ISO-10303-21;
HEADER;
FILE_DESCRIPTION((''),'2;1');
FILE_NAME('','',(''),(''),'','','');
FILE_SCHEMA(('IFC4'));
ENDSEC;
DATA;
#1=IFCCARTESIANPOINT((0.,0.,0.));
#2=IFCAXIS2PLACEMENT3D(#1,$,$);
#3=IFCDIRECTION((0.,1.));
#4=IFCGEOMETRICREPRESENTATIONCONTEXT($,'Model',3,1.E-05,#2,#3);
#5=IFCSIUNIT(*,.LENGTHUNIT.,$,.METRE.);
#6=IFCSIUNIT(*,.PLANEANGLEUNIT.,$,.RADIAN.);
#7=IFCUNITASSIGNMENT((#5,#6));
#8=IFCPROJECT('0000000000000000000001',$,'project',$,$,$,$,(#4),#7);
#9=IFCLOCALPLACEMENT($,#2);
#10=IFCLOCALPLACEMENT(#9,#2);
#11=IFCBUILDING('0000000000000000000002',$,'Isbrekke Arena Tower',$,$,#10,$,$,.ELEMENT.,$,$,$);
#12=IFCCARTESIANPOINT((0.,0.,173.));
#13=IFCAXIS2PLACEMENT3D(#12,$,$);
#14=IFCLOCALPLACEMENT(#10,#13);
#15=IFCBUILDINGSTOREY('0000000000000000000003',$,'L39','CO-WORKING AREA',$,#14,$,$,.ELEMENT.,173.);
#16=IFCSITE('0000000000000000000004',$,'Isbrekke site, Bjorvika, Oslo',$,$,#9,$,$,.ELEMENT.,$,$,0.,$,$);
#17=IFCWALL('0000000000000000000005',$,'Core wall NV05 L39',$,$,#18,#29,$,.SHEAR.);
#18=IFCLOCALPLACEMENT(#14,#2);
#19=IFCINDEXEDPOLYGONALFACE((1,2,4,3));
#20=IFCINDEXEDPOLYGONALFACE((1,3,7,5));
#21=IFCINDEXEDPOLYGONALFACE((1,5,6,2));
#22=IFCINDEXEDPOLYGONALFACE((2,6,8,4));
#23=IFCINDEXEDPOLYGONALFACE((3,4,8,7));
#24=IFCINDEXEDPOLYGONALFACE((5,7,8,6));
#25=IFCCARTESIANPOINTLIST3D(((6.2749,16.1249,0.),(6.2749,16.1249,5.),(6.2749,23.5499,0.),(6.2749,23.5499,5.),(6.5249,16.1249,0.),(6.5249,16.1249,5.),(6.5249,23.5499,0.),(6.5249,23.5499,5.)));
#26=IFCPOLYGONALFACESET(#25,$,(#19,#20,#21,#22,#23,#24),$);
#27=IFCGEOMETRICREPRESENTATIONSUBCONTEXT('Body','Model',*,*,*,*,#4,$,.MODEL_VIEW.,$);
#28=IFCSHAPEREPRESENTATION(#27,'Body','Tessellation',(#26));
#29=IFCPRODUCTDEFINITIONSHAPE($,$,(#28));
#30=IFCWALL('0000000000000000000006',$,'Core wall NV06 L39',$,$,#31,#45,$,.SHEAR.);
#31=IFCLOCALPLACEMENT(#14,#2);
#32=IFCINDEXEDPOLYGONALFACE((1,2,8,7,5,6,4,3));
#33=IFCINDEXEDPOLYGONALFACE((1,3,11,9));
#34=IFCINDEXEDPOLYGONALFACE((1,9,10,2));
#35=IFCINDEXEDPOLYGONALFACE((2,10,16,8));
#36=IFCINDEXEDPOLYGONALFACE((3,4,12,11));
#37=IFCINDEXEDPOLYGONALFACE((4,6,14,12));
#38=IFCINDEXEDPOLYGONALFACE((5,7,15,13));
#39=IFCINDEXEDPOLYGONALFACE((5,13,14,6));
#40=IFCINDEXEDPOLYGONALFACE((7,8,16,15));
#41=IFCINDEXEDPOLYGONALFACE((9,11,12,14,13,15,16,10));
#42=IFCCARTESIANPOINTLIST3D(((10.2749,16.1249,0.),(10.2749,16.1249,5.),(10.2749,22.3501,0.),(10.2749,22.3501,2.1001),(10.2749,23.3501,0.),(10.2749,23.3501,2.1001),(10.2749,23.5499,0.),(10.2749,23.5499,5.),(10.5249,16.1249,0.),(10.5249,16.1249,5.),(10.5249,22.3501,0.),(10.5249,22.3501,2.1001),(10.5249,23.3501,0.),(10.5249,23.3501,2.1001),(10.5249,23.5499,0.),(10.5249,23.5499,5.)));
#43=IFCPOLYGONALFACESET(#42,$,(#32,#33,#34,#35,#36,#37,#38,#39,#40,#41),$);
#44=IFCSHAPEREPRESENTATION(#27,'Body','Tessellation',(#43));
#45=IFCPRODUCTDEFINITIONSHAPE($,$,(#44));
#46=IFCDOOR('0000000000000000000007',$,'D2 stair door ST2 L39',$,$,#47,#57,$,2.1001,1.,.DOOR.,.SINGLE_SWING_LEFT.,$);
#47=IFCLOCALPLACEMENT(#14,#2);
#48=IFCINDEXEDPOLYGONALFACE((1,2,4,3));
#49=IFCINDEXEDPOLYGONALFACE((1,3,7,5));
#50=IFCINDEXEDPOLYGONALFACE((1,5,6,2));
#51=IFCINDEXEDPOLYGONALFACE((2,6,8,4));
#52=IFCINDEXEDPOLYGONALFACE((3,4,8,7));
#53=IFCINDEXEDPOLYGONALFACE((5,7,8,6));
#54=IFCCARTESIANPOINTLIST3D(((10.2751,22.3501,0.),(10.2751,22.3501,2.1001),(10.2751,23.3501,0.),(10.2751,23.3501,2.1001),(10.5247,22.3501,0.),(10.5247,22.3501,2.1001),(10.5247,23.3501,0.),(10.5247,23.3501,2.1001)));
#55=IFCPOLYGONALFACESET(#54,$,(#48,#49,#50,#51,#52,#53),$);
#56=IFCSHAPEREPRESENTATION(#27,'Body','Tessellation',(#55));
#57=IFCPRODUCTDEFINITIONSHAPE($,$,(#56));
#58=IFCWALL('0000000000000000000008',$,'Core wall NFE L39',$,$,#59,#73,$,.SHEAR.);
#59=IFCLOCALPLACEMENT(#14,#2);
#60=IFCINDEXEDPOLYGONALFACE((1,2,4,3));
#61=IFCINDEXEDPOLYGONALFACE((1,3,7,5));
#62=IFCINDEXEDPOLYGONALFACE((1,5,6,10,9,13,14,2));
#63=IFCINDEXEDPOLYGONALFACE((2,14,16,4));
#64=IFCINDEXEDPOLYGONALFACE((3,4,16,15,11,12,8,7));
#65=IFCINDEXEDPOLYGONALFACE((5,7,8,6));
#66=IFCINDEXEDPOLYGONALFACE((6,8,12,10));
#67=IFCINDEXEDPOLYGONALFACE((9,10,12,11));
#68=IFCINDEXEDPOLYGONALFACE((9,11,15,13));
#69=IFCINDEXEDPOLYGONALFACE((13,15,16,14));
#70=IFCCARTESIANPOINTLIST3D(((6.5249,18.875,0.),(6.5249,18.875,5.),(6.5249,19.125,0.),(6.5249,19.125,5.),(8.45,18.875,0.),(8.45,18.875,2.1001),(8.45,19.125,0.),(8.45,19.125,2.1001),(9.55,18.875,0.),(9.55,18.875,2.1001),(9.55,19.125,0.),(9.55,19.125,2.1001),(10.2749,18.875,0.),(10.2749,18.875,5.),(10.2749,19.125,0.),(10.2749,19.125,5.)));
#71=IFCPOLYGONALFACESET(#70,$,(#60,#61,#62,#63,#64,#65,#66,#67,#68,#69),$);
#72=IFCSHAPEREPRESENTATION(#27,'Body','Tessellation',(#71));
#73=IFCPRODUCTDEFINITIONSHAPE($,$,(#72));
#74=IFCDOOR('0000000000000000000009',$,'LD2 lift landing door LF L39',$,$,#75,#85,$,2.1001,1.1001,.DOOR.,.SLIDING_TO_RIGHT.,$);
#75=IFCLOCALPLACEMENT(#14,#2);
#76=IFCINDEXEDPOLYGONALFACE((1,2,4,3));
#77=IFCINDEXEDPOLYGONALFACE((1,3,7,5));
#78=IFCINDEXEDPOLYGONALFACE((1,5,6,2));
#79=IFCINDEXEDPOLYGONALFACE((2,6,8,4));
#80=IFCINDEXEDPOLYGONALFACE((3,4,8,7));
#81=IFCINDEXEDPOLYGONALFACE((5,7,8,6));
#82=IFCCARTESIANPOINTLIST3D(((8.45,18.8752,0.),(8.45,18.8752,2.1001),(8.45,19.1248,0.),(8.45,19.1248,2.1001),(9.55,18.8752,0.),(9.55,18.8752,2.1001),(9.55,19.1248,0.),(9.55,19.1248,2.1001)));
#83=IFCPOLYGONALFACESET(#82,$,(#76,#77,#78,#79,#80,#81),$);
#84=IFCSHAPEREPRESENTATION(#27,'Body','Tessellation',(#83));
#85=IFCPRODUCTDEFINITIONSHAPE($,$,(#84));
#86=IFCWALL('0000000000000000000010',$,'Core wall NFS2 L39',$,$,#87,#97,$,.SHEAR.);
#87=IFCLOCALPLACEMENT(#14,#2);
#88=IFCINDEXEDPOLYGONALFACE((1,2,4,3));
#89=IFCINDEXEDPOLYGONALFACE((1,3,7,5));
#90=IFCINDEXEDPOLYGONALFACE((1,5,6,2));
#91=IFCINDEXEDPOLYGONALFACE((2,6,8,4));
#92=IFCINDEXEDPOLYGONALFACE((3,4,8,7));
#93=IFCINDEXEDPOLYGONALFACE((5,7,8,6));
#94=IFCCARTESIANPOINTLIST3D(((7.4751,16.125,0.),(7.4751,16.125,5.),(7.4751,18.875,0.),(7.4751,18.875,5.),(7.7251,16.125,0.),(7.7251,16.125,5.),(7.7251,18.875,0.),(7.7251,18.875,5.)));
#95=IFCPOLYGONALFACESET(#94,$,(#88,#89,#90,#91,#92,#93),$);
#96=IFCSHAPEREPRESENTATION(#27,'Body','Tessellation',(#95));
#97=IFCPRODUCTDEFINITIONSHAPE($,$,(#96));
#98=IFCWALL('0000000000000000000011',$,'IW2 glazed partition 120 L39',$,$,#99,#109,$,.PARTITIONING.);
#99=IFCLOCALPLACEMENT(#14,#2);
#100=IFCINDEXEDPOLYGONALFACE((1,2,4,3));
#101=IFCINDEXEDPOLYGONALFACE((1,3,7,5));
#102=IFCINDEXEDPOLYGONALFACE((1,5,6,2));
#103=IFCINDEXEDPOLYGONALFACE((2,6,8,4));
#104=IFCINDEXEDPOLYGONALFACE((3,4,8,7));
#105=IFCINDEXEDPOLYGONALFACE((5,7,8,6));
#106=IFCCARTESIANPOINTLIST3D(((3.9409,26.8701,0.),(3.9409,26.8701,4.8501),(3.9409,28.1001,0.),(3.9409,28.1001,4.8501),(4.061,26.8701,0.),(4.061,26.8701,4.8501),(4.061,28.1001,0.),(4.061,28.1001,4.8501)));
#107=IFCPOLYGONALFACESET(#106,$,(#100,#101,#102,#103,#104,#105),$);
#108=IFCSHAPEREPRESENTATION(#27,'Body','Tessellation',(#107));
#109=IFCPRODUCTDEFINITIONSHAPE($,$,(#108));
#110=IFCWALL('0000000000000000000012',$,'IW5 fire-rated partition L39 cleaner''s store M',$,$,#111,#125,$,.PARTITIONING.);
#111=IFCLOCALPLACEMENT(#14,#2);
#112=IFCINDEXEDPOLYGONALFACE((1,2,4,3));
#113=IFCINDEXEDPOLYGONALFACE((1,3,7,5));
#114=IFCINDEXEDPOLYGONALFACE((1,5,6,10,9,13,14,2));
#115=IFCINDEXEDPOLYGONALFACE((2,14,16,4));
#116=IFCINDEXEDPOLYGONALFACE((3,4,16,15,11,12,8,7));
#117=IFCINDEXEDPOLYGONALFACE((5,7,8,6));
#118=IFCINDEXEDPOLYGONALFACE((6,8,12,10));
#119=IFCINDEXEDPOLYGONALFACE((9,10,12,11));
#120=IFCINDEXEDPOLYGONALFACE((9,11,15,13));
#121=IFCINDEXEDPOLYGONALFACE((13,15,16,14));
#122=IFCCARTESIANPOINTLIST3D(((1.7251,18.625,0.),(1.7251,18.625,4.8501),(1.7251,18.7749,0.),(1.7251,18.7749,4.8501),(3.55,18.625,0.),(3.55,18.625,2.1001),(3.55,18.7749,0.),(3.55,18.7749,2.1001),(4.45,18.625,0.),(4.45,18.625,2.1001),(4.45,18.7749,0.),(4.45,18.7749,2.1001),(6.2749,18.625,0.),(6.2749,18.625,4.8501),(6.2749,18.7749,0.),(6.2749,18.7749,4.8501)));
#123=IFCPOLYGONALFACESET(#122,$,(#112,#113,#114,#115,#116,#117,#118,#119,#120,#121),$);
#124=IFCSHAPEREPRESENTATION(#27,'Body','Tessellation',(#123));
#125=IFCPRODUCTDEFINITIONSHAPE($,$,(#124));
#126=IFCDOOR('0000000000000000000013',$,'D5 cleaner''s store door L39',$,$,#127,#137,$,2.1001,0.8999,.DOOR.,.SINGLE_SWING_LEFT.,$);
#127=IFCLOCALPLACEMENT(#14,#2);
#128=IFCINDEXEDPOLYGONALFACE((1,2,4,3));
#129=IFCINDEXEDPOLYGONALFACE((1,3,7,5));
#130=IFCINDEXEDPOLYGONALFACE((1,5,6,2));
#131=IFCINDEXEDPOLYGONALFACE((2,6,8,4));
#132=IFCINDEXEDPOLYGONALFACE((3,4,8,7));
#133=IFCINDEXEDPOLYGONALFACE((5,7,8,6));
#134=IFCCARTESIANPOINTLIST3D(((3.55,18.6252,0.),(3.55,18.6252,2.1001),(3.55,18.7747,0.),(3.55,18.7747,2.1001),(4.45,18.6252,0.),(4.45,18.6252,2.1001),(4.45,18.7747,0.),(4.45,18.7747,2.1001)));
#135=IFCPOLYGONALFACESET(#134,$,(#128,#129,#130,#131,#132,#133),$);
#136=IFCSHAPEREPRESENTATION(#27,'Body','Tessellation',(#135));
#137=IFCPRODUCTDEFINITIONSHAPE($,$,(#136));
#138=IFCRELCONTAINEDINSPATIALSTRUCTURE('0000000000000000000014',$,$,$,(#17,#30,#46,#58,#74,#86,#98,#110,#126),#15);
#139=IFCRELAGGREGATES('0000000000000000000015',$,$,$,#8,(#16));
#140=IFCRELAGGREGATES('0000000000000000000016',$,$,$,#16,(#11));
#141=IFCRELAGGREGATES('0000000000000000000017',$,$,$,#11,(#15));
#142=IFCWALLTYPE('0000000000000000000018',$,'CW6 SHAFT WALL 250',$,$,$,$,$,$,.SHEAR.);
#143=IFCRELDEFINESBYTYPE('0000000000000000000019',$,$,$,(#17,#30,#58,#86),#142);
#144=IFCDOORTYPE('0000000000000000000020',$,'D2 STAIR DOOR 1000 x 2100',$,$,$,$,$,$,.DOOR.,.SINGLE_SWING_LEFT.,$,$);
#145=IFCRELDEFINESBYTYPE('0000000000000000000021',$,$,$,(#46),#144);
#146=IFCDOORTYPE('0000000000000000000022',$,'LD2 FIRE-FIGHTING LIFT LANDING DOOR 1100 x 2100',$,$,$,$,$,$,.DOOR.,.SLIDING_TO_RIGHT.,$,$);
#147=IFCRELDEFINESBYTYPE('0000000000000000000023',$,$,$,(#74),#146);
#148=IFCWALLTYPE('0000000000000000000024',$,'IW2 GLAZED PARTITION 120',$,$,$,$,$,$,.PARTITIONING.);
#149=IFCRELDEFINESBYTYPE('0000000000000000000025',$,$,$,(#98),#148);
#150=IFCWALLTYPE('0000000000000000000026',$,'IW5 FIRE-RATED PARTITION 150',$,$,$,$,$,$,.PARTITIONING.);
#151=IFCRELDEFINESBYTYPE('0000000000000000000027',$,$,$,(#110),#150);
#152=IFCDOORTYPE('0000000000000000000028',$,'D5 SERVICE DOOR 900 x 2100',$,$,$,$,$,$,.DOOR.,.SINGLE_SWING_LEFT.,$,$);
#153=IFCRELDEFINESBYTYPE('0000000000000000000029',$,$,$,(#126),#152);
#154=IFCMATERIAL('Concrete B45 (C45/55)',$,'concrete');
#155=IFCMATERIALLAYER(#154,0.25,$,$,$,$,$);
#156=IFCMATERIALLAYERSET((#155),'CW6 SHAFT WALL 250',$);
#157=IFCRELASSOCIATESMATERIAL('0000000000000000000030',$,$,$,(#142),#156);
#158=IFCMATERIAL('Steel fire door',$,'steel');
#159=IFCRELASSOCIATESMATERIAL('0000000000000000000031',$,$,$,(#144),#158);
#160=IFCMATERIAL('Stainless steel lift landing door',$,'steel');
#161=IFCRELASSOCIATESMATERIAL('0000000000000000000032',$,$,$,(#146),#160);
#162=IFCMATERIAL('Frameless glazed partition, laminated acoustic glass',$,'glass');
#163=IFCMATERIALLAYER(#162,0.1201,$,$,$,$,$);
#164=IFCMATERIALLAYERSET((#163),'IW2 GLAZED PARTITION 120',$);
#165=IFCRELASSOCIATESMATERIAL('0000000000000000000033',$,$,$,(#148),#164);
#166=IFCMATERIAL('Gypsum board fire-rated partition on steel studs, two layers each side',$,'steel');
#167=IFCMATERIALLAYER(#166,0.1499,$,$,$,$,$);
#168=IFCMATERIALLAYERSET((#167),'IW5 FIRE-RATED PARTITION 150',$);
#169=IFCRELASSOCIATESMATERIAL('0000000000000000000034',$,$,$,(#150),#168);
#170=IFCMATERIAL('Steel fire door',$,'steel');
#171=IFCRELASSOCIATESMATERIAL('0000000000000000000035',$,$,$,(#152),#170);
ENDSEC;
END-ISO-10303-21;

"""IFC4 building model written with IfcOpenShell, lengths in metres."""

from ifc_helpers import new_model, si_unit, direction, frame, frame_2d, origin, place, context, subcontext, project, spatial, rectangle, extrude, material, layer, layer_set, type_object, element, fill, save


model = new_model("IFC4")

# Units and contexts
model_context = context("Model", 3, precision=1e-05, world=origin(), true_north=direction((0.0, 1.0)))
body_context = subcontext(model_context, "Body", "Model", "MODEL_VIEW")
ifc_project = project(units=[si_unit("LENGTHUNIT", "METRE"), si_unit("PLANEANGLEUNIT", "RADIAN")], contexts=[model_context])

# Site, building, storey
site_placement = place(None, origin())
site = spatial("IfcSite", under=ifc_project, at=site_placement, Name="Isbrekke site, Bjorvika, Oslo", CompositionType="ELEMENT", RefElevation=0.0)
building_placement = place(site_placement, origin())
building = spatial("IfcBuilding", under=site, at=building_placement, Name="Isbrekke Arena Tower", CompositionType="ELEMENT")
storey_placement = place(building_placement, frame((0.0, 0.0, 173.0)))
storey = spatial("IfcBuildingStorey", under=building, at=storey_placement, Name="L39", Description="CO-WORKING AREA", CompositionType="ELEMENT", Elevation=173.0)

# Wall
ifc_material_1 = material(Name="Concrete B45 (C45/55)", Category="concrete")
ifc_layer_1 = layer(ifc_material_1, 0.25)
ifc_layer_set_1 = layer_set([ifc_layer_1], Name="CW6 SHAFT WALL 250")
wall_type_1 = type_object("IfcWallType", Name="CW6 SHAFT WALL 250", PredefinedType="SHEAR", material=ifc_layer_set_1)
for number, where, z_axis, x_axis, name in (
    (1, (6.3999, 16.125, 0.0), (0.0, 0.0, 1.0), (0.0, 1.0, 0.0), "Core wall NV05 L39"),
):
    element("IfcWall", number, at=place(storey_placement, frame(where, z_axis=z_axis, x_axis=x_axis)), inside=storey, type_object=wall_type_1, Name=name, PredefinedType="SHEAR", context=body_context, shape_type="SweptSolid", body=[
        extrude(rectangle(XDim=7.425, YDim=0.25, at=frame_2d((3.7124, 0.0))), origin(), (0.0, 0.0, 1.0), 5.0),
    ])

# Walls, openings, doors
wall_1_placement = place(storey_placement, frame((10.3999, 16.125, 0.0), z_axis=(0.0, 0.0, 1.0), x_axis=(0.0, 1.0, 0.0)))
wall_1 = element("IfcWall", 2, at=wall_1_placement, inside=storey, type_object=wall_type_1, Name="Core wall NV06 L39", PredefinedType="SHEAR", context=body_context, shape_type="SweptSolid", body=[
    extrude(rectangle(XDim=7.425, YDim=0.25, at=frame_2d((3.7124, 0.0))), origin(), (0.0, 0.0, 1.0), 5.0),
])
opening_1_placement = place(wall_1_placement, frame((6.2251, 0.0, 0.0)))
opening_1 = element("IfcOpeningElement", 3, at=opening_1_placement, cuts=wall_1, PredefinedType="OPENING", context=body_context, shape_type="SweptSolid", body=[
    extrude(rectangle(XDim=1.0, YDim=2.1001, at=frame_2d((0.5, 1.05))), frame((0.0, 0.1399, 0.0), z_axis=(0.0, -1.0, 0.0), x_axis=(1.0, 0.0, 0.0)), (0.0, 0.0, 1.0), 0.2798),
])
ifc_material_2 = material(Name="Steel fire door", Category="steel")
door_type_1 = type_object("IfcDoorType", Name="D2 STAIR DOOR 1000 x 2100", OperationType="SINGLE_SWING_LEFT", PredefinedType="DOOR", material=ifc_material_2)
door_1_placement = place(opening_1_placement, origin())
door_1 = element("IfcDoor", 4, at=door_1_placement, inside=storey, type_object=door_type_1, Name="D2 stair door ST2 L39", OperationType="SINGLE_SWING_LEFT", OverallHeight=2.1001, OverallWidth=1.0, PredefinedType="DOOR", context=body_context, shape_type="SweptSolid", body=[
    extrude(rectangle(XDim=1.0, YDim=2.1001, at=frame_2d((0.5, 1.05))), frame((0.0, 0.1248, 0.0), z_axis=(0.0, -1.0, 0.0), x_axis=(1.0, 0.0, 0.0)), (0.0, 0.0, 1.0), 0.2495),
])
fill(opening_1, door_1)
wall_2_placement = place(storey_placement, frame((6.5249, 19.0, 0.0), z_axis=(0.0, 0.0, 1.0), x_axis=(1.0, 0.0, 0.0)))
wall_2 = element("IfcWall", 5, at=wall_2_placement, inside=storey, type_object=wall_type_1, Name="Core wall NFE L39", PredefinedType="SHEAR", context=body_context, shape_type="SweptSolid", body=[
    extrude(rectangle(XDim=3.75, YDim=0.25, at=frame_2d((1.875, 0.0))), origin(), (0.0, 0.0, 1.0), 5.0),
])
opening_2_placement = place(wall_2_placement, frame((1.925, 0.0, 0.0)))
opening_2 = element("IfcOpeningElement", 6, at=opening_2_placement, cuts=wall_2, PredefinedType="OPENING", context=body_context, shape_type="SweptSolid", body=[
    extrude(rectangle(XDim=1.1001, YDim=2.1001, at=frame_2d((0.55, 1.05))), frame((0.0, 0.1399, 0.0), z_axis=(0.0, -1.0, 0.0), x_axis=(1.0, 0.0, 0.0)), (0.0, 0.0, 1.0), 0.2798),
])
ifc_material_3 = material(Name="Stainless steel lift landing door", Category="steel")
door_type_2 = type_object("IfcDoorType", Name="LD2 FIRE-FIGHTING LIFT LANDING DOOR 1100 x 2100", OperationType="SLIDING_TO_RIGHT", PredefinedType="DOOR", material=ifc_material_3)
door_2_placement = place(opening_2_placement, origin())
door_2 = element("IfcDoor", 7, at=door_2_placement, inside=storey, type_object=door_type_2, Name="LD2 lift landing door LF L39", OperationType="SLIDING_TO_RIGHT", OverallHeight=2.1001, OverallWidth=1.1001, PredefinedType="DOOR", context=body_context, shape_type="SweptSolid", body=[
    extrude(rectangle(XDim=1.1001, YDim=2.1001, at=frame_2d((0.55, 1.05))), frame((0.0, 0.1248, 0.0), z_axis=(0.0, -1.0, 0.0), x_axis=(1.0, 0.0, 0.0)), (0.0, 0.0, 1.0), 0.2495),
])
fill(opening_2, door_2)

# Walls
wall_3_placement = place(storey_placement, frame((7.6001, 16.125, 0.0), z_axis=(0.0, 0.0, 1.0), x_axis=(0.0, 1.0, 0.0)))
element("IfcWall", 8, at=wall_3_placement, inside=storey, type_object=wall_type_1, Name="Core wall NFS2 L39", PredefinedType="SHEAR", context=body_context, shape_type="SweptSolid", body=[
    extrude(rectangle(XDim=2.75, YDim=0.25, at=frame_2d((1.375, 0.0))), origin(), (0.0, 0.0, 1.0), 5.0),
])
ifc_material_4 = material(Name="Frameless glazed partition, laminated acoustic glass", Category="glass")
ifc_layer_2 = layer(ifc_material_4, 0.1201)
ifc_layer_set_2 = layer_set([ifc_layer_2], Name="IW2 GLAZED PARTITION 120")
wall_type_2 = type_object("IfcWallType", Name="IW2 GLAZED PARTITION 120", PredefinedType="PARTITIONING", material=ifc_layer_set_2)
wall_4_placement = place(storey_placement, frame((4.001, 26.8701, 0.0), z_axis=(0.0, 0.0, 1.0), x_axis=(0.0, 1.0, 0.0)))
element("IfcWall", 9, at=wall_4_placement, inside=storey, type_object=wall_type_2, Name="IW2 glazed partition 120 L39", PredefinedType="PARTITIONING", context=body_context, shape_type="SweptSolid", body=[
    extrude(rectangle(XDim=1.23, YDim=0.1201, at=frame_2d((0.615, 0.0))), origin(), (0.0, 0.0, 1.0), 4.8501),
])

# Wall, opening, door
ifc_material_5 = material(Name="Gypsum board fire-rated partition on steel studs, two layers each side", Category="steel")
ifc_layer_3 = layer(ifc_material_5, 0.1499)
ifc_layer_set_3 = layer_set([ifc_layer_3], Name="IW5 FIRE-RATED PARTITION 150")
wall_type_3 = type_object("IfcWallType", Name="IW5 FIRE-RATED PARTITION 150", PredefinedType="PARTITIONING", material=ifc_layer_set_3)
wall_5_placement = place(storey_placement, frame((1.7251, 18.7, 0.0), z_axis=(0.0, 0.0, 1.0), x_axis=(1.0, 0.0, 0.0)))
wall_5 = element("IfcWall", 10, at=wall_5_placement, inside=storey, type_object=wall_type_3, Name="IW5 fire-rated partition L39 cleaner's store M", PredefinedType="PARTITIONING", context=body_context, shape_type="SweptSolid", body=[
    extrude(rectangle(XDim=4.5498, YDim=0.1499, at=frame_2d((2.2749, 0.0))), origin(), (0.0, 0.0, 1.0), 4.8501),
])
opening_3_placement = place(wall_5_placement, frame((1.825, 0.0, 0.0)))
opening_3 = element("IfcOpeningElement", 11, at=opening_3_placement, cuts=wall_5, PredefinedType="OPENING", context=body_context, shape_type="SweptSolid", body=[
    extrude(rectangle(XDim=0.8999, YDim=2.1001, at=frame_2d((0.45, 1.05))), frame((0.0, 0.0898, 0.0), z_axis=(0.0, -1.0, 0.0), x_axis=(1.0, 0.0, 0.0)), (0.0, 0.0, 1.0), 0.1797),
])
ifc_material_6 = material(Name="Steel fire door", Category="steel")
door_type_3 = type_object("IfcDoorType", Name="D5 SERVICE DOOR 900 x 2100", OperationType="SINGLE_SWING_LEFT", PredefinedType="DOOR", material=ifc_material_6)
door_3_placement = place(opening_3_placement, origin())
door_3 = element("IfcDoor", 12, at=door_3_placement, inside=storey, type_object=door_type_3, Name="D5 cleaner's store door L39", OperationType="SINGLE_SWING_LEFT", OverallHeight=2.1001, OverallWidth=0.8999, PredefinedType="DOOR", context=body_context, shape_type="SweptSolid", body=[
    extrude(rectangle(XDim=0.8999, YDim=2.1001, at=frame_2d((0.45, 1.05))), frame((0.0, 0.0747, 0.0), z_axis=(0.0, -1.0, 0.0), x_axis=(1.0, 0.0, 0.0)), (0.0, 0.0, 1.0), 0.1494),
])
fill(opening_3, door_3)

save(model, "model.ifc")
